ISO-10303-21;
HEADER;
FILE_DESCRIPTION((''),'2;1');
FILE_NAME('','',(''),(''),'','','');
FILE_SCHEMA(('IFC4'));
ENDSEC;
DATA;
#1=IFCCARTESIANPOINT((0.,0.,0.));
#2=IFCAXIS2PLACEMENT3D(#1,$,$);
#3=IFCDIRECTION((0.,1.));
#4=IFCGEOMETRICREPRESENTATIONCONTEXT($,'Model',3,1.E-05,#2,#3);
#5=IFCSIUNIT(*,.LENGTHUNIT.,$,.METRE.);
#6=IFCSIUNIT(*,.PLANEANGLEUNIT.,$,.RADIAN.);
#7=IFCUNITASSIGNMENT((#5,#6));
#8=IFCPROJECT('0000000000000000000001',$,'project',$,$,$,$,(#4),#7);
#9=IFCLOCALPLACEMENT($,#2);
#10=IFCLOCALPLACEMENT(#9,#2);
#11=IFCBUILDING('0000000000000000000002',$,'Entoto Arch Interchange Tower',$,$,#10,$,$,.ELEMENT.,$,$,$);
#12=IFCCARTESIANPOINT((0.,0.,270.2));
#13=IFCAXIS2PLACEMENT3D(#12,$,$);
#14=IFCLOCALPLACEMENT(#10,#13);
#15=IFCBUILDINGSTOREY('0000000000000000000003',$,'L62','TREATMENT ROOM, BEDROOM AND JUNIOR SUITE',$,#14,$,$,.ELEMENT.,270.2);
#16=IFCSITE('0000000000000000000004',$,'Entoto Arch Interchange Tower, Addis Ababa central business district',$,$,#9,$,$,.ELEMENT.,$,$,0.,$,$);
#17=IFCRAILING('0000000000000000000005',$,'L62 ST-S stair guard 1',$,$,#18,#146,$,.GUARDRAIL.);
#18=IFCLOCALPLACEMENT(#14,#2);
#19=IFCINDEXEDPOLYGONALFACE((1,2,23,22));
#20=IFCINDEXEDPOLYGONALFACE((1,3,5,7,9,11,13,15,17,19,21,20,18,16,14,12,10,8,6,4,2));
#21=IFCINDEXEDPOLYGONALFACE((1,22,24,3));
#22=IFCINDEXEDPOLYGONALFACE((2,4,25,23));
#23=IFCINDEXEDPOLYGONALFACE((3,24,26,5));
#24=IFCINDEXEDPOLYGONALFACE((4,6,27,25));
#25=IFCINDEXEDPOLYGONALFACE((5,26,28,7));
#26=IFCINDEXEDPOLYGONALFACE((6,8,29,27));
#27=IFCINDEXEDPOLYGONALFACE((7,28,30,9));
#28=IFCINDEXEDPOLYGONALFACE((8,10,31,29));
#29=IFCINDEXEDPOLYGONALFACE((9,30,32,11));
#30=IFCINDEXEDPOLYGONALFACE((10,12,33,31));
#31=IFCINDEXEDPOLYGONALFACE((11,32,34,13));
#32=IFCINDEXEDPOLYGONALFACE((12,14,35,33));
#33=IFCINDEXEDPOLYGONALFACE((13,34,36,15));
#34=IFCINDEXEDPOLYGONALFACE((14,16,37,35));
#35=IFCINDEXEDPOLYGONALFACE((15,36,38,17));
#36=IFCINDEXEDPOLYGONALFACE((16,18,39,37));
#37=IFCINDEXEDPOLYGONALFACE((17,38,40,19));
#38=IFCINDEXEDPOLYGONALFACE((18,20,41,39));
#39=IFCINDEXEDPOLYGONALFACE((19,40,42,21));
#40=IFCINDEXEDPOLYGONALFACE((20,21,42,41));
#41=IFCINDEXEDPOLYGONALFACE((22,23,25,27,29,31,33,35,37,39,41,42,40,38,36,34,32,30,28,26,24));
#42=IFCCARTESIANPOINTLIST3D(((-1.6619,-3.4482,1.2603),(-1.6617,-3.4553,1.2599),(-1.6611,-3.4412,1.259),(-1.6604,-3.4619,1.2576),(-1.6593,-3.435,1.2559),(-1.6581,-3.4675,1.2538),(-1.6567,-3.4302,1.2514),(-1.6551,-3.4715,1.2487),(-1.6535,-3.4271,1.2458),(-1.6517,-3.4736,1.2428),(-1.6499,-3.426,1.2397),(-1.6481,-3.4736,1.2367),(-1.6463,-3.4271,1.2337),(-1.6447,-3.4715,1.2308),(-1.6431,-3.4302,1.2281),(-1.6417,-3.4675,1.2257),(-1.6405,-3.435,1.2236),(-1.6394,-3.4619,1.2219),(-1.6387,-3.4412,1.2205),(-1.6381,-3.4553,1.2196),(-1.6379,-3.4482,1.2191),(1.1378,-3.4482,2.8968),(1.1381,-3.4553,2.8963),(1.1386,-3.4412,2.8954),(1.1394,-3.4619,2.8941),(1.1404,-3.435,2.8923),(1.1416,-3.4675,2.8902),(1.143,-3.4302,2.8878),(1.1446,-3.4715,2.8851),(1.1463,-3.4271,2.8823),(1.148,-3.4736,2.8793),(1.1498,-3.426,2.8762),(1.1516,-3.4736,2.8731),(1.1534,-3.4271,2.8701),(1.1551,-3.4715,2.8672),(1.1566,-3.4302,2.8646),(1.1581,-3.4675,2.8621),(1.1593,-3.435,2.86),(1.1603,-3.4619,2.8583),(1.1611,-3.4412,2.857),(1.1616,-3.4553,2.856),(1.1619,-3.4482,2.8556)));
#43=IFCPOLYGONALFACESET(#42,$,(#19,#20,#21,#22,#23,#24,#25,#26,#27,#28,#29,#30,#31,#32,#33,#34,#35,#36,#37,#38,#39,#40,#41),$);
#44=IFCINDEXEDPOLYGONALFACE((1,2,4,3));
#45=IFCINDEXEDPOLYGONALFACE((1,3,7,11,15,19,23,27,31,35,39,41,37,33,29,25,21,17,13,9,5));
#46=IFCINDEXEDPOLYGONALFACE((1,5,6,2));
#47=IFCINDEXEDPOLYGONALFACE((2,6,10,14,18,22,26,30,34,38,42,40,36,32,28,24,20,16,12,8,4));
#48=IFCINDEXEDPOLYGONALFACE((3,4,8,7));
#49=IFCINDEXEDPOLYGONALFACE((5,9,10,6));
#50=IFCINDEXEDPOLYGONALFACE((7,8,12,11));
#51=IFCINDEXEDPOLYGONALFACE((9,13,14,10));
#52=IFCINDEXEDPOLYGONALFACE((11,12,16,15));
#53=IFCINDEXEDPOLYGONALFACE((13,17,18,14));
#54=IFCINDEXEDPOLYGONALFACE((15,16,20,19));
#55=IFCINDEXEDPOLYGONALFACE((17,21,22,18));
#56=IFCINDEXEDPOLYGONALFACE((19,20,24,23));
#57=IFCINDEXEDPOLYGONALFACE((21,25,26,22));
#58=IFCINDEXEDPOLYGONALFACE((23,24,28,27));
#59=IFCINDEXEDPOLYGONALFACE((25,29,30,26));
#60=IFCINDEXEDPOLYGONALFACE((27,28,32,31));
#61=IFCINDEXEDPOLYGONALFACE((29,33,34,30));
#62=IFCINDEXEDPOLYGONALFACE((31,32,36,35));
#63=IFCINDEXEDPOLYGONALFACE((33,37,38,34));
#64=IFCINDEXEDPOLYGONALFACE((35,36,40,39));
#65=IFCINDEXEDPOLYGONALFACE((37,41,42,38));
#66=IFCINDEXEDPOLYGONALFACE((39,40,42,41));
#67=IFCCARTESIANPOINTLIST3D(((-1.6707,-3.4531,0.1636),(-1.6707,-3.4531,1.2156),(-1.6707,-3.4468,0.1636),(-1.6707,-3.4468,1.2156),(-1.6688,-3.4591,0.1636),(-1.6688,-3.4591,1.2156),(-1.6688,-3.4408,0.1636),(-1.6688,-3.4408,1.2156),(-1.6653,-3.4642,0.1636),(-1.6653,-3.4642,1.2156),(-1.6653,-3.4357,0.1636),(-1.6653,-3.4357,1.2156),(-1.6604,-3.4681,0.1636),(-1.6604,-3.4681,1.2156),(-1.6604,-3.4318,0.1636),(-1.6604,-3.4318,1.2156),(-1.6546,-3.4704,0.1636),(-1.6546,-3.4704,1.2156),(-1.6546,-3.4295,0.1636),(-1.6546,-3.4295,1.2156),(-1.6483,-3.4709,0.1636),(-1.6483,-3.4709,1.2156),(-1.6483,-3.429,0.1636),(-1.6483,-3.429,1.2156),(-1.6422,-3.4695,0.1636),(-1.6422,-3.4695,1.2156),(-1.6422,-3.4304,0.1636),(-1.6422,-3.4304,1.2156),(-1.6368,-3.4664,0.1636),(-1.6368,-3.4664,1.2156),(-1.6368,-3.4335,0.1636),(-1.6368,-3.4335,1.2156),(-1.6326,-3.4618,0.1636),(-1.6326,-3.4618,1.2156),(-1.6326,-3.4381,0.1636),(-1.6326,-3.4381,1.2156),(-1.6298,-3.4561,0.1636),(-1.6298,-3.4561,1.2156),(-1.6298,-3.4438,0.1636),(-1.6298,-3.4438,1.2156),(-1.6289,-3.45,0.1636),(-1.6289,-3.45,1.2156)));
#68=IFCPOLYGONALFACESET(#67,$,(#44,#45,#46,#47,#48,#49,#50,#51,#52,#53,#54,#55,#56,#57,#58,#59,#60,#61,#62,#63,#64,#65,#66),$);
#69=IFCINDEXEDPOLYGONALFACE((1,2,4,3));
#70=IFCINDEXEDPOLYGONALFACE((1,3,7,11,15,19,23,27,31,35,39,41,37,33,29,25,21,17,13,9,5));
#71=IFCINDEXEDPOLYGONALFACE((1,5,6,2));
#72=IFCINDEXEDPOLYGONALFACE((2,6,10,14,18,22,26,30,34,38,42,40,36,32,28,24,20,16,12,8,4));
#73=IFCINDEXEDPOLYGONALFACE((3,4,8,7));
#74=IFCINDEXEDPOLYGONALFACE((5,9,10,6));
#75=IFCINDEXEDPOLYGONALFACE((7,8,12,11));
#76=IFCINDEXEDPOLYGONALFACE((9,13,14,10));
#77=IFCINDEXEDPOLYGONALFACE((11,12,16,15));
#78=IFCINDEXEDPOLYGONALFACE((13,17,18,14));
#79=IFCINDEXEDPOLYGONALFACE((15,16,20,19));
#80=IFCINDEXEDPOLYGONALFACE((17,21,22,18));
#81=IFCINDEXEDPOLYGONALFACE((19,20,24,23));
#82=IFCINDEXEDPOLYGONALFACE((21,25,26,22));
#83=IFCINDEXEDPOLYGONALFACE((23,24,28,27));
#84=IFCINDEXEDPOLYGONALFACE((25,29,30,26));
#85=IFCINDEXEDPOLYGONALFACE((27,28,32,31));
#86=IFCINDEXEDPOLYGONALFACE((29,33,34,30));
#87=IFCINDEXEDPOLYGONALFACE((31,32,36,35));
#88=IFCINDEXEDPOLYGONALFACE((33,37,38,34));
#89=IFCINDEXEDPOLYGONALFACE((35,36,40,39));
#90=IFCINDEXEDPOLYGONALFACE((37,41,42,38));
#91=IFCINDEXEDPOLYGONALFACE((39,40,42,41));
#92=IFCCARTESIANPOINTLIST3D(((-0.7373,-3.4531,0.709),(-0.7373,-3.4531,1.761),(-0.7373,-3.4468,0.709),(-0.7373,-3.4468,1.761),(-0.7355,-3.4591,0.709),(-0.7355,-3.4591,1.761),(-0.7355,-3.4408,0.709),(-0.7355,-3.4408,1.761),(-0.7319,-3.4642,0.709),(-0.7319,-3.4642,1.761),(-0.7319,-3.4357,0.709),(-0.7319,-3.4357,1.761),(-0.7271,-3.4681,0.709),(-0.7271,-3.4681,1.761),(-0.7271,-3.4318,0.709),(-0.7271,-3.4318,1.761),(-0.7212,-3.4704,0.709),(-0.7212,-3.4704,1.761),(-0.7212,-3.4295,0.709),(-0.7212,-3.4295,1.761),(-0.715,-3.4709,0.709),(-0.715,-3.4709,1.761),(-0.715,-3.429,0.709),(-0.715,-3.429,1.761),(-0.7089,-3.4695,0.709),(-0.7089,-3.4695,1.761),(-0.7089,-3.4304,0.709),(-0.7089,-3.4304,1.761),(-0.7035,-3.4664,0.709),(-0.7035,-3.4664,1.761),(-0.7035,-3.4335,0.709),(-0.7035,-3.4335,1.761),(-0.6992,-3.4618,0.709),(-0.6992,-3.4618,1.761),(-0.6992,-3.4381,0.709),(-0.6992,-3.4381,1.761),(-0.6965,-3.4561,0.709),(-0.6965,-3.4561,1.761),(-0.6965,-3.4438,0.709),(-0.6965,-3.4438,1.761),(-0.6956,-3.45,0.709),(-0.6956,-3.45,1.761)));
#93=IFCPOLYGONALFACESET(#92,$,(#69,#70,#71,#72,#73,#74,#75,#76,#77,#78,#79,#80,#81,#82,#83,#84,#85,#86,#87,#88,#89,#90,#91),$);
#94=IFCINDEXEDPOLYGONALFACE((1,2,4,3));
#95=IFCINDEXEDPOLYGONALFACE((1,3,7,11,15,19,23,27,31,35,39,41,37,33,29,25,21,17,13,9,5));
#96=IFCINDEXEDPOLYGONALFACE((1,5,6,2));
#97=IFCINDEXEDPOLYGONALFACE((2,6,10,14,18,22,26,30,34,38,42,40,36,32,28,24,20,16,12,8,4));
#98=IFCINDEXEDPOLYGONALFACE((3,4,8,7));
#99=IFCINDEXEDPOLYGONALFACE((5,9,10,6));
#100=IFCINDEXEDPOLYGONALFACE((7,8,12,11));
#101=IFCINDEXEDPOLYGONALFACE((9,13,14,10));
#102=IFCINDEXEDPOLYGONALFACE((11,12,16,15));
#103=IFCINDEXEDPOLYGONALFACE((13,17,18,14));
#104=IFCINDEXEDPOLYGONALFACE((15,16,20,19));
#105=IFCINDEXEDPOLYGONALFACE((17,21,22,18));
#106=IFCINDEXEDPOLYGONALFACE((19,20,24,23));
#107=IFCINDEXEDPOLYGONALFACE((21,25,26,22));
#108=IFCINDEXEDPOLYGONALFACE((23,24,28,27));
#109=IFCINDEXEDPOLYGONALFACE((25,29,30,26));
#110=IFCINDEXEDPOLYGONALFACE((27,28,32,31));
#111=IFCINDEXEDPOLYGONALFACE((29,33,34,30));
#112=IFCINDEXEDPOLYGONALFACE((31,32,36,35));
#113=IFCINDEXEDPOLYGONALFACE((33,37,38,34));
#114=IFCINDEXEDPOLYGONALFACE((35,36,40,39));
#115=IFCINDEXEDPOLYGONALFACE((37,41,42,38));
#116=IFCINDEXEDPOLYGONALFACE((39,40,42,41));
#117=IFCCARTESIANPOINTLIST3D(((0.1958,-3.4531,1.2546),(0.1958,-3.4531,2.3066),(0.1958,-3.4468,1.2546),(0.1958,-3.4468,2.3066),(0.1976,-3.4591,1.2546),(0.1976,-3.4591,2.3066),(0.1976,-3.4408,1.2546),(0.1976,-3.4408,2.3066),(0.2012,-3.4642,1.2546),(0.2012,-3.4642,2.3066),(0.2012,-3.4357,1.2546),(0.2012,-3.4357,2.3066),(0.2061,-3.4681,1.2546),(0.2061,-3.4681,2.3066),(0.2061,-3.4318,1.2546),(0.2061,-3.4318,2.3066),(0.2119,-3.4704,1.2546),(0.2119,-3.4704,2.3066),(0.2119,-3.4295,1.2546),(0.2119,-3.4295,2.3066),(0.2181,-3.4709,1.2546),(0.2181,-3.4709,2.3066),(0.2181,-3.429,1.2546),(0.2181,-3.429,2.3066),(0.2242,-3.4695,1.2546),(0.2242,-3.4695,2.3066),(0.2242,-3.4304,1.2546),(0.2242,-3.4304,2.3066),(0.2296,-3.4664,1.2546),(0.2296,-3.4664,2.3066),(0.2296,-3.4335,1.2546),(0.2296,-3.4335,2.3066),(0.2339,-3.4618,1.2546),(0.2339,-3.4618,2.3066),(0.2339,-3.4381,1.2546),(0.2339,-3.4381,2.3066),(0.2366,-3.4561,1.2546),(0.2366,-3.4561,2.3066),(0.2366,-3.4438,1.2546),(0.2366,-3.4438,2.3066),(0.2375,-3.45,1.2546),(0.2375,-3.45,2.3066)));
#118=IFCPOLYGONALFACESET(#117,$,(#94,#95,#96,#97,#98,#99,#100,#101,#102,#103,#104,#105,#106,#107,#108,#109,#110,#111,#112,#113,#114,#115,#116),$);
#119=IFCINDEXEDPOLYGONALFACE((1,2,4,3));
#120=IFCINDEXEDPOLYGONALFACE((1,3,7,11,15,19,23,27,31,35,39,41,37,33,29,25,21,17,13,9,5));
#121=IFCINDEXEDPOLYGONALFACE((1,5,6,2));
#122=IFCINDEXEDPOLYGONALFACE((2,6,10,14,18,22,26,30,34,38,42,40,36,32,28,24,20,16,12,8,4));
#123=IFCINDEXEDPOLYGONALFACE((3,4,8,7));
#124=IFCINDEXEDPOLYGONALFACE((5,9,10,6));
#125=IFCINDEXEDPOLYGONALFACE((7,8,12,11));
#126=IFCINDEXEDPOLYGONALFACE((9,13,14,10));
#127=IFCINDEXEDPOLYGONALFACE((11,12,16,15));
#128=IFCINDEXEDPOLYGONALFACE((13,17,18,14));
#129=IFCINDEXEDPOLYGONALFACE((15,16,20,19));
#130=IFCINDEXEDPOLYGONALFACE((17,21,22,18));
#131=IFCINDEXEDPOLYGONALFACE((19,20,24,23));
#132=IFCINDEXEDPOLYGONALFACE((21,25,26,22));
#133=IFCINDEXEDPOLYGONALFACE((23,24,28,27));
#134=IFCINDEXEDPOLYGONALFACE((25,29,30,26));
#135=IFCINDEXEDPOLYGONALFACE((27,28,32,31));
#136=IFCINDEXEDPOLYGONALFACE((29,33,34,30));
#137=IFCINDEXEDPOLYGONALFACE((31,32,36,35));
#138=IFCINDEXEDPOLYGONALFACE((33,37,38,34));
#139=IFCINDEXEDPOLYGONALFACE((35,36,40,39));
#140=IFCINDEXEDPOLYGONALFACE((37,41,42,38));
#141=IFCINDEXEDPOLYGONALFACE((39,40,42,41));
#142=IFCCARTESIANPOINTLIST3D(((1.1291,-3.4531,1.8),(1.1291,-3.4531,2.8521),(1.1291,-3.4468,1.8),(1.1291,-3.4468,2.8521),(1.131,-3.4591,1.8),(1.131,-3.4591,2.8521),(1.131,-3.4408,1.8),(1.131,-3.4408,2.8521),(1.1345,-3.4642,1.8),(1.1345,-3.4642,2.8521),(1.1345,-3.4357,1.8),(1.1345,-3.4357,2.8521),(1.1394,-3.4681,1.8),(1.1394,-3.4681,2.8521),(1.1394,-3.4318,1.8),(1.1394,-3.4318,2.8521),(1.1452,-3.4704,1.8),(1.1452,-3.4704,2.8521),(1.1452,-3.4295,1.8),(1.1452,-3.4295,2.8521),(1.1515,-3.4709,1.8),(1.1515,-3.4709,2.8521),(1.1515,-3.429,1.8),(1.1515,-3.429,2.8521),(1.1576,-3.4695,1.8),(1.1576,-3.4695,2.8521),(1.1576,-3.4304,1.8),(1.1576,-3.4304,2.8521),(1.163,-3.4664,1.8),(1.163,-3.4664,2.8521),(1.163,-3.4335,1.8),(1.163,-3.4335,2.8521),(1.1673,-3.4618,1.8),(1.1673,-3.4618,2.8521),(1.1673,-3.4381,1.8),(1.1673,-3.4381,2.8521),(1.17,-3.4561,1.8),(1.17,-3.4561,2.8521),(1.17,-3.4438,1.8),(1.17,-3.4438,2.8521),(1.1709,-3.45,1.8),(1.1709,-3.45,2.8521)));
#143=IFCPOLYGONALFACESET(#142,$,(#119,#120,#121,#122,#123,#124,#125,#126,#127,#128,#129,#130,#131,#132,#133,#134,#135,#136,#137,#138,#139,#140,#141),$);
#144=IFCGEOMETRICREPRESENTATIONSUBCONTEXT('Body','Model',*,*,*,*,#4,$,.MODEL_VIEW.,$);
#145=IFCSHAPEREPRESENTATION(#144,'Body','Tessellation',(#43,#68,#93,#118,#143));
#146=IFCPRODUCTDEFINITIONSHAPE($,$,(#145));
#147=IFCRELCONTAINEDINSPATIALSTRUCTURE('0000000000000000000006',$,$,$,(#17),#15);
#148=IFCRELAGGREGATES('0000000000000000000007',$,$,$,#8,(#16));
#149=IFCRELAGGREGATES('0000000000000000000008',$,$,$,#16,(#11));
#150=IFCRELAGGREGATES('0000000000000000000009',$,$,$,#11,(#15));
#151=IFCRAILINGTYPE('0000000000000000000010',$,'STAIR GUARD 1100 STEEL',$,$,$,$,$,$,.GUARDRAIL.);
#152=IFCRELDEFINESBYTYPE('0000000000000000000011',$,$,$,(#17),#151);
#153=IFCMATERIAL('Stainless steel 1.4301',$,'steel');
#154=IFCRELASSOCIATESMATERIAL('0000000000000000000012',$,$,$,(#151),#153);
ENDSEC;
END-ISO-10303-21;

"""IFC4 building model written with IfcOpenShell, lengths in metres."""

from ifc_helpers import new_model, si_unit, direction, frame, origin, origin_2d, place, context, subcontext, project, spatial, circle, extrude, material, type_object, element, save


model = new_model("IFC4")

# Units and contexts
model_context = context("Model", 3, precision=1e-05, world=origin(), true_north=direction((0.0, 1.0)))
body_context = subcontext(model_context, "Body", "Model", "MODEL_VIEW")
ifc_project = project(units=[si_unit("LENGTHUNIT", "METRE"), si_unit("PLANEANGLEUNIT", "RADIAN")], contexts=[model_context])

# Site, building, storey
site_placement = place(None, origin())
site = spatial("IfcSite", under=ifc_project, at=site_placement, Name="Entoto Arch Interchange Tower, Addis Ababa central business district", CompositionType="ELEMENT", RefElevation=0.0)
building_placement = place(site_placement, origin())
building = spatial("IfcBuilding", under=site, at=building_placement, Name="Entoto Arch Interchange Tower", CompositionType="ELEMENT")
storey_placement = place(building_placement, frame((0.0, 0.0, 270.2)))
storey = spatial("IfcBuildingStorey", under=building, at=storey_placement, Name="L62", Description="TREATMENT ROOM, BEDROOM AND JUNIOR SUITE", CompositionType="ELEMENT", Elevation=270.2)

# Railing
ifc_material_1 = material(Name="Stainless steel 1.4301", Category="steel")
railing_type = type_object("IfcRailingType", Name="STAIR GUARD 1100 STEEL", PredefinedType="GUARDRAIL", material=ifc_material_1)
railing_1_placement = place(storey_placement, frame((-1.6499, -3.45, 0.1636)))
element("IfcRailing", 1, at=railing_1_placement, inside=storey, type_object=railing_type, Name="L62 ST-S stair guard 1", PredefinedType="GUARDRAIL", context=body_context, shape_type="SweptSolid", body=[
    extrude(circle(Radius=0.0239, at=origin_2d()), frame((0.0, 0.0, 1.0762), z_axis=(0.863342, 0.0, 0.50462), x_axis=(0.0, 1.0, 0.0)), (0.0, 0.0, 1.0), 3.2429),
    extrude(circle(Radius=0.021, at=origin_2d()), origin(), (0.0, 0.0, 1.0), 1.052),
    extrude(circle(Radius=0.021, at=origin_2d()), frame((0.9333, 0.0, 0.5454)), (0.0, 0.0, 1.0), 1.052),
    extrude(circle(Radius=0.021, at=origin_2d()), frame((1.8665, 0.0, 1.0911)), (0.0, 0.0, 1.0), 1.052),
    extrude(circle(Radius=0.021, at=origin_2d()), frame((2.7998, 0.0, 1.6365)), (0.0, 0.0, 1.0), 1.052),
])

save(model, "model.ifc")
